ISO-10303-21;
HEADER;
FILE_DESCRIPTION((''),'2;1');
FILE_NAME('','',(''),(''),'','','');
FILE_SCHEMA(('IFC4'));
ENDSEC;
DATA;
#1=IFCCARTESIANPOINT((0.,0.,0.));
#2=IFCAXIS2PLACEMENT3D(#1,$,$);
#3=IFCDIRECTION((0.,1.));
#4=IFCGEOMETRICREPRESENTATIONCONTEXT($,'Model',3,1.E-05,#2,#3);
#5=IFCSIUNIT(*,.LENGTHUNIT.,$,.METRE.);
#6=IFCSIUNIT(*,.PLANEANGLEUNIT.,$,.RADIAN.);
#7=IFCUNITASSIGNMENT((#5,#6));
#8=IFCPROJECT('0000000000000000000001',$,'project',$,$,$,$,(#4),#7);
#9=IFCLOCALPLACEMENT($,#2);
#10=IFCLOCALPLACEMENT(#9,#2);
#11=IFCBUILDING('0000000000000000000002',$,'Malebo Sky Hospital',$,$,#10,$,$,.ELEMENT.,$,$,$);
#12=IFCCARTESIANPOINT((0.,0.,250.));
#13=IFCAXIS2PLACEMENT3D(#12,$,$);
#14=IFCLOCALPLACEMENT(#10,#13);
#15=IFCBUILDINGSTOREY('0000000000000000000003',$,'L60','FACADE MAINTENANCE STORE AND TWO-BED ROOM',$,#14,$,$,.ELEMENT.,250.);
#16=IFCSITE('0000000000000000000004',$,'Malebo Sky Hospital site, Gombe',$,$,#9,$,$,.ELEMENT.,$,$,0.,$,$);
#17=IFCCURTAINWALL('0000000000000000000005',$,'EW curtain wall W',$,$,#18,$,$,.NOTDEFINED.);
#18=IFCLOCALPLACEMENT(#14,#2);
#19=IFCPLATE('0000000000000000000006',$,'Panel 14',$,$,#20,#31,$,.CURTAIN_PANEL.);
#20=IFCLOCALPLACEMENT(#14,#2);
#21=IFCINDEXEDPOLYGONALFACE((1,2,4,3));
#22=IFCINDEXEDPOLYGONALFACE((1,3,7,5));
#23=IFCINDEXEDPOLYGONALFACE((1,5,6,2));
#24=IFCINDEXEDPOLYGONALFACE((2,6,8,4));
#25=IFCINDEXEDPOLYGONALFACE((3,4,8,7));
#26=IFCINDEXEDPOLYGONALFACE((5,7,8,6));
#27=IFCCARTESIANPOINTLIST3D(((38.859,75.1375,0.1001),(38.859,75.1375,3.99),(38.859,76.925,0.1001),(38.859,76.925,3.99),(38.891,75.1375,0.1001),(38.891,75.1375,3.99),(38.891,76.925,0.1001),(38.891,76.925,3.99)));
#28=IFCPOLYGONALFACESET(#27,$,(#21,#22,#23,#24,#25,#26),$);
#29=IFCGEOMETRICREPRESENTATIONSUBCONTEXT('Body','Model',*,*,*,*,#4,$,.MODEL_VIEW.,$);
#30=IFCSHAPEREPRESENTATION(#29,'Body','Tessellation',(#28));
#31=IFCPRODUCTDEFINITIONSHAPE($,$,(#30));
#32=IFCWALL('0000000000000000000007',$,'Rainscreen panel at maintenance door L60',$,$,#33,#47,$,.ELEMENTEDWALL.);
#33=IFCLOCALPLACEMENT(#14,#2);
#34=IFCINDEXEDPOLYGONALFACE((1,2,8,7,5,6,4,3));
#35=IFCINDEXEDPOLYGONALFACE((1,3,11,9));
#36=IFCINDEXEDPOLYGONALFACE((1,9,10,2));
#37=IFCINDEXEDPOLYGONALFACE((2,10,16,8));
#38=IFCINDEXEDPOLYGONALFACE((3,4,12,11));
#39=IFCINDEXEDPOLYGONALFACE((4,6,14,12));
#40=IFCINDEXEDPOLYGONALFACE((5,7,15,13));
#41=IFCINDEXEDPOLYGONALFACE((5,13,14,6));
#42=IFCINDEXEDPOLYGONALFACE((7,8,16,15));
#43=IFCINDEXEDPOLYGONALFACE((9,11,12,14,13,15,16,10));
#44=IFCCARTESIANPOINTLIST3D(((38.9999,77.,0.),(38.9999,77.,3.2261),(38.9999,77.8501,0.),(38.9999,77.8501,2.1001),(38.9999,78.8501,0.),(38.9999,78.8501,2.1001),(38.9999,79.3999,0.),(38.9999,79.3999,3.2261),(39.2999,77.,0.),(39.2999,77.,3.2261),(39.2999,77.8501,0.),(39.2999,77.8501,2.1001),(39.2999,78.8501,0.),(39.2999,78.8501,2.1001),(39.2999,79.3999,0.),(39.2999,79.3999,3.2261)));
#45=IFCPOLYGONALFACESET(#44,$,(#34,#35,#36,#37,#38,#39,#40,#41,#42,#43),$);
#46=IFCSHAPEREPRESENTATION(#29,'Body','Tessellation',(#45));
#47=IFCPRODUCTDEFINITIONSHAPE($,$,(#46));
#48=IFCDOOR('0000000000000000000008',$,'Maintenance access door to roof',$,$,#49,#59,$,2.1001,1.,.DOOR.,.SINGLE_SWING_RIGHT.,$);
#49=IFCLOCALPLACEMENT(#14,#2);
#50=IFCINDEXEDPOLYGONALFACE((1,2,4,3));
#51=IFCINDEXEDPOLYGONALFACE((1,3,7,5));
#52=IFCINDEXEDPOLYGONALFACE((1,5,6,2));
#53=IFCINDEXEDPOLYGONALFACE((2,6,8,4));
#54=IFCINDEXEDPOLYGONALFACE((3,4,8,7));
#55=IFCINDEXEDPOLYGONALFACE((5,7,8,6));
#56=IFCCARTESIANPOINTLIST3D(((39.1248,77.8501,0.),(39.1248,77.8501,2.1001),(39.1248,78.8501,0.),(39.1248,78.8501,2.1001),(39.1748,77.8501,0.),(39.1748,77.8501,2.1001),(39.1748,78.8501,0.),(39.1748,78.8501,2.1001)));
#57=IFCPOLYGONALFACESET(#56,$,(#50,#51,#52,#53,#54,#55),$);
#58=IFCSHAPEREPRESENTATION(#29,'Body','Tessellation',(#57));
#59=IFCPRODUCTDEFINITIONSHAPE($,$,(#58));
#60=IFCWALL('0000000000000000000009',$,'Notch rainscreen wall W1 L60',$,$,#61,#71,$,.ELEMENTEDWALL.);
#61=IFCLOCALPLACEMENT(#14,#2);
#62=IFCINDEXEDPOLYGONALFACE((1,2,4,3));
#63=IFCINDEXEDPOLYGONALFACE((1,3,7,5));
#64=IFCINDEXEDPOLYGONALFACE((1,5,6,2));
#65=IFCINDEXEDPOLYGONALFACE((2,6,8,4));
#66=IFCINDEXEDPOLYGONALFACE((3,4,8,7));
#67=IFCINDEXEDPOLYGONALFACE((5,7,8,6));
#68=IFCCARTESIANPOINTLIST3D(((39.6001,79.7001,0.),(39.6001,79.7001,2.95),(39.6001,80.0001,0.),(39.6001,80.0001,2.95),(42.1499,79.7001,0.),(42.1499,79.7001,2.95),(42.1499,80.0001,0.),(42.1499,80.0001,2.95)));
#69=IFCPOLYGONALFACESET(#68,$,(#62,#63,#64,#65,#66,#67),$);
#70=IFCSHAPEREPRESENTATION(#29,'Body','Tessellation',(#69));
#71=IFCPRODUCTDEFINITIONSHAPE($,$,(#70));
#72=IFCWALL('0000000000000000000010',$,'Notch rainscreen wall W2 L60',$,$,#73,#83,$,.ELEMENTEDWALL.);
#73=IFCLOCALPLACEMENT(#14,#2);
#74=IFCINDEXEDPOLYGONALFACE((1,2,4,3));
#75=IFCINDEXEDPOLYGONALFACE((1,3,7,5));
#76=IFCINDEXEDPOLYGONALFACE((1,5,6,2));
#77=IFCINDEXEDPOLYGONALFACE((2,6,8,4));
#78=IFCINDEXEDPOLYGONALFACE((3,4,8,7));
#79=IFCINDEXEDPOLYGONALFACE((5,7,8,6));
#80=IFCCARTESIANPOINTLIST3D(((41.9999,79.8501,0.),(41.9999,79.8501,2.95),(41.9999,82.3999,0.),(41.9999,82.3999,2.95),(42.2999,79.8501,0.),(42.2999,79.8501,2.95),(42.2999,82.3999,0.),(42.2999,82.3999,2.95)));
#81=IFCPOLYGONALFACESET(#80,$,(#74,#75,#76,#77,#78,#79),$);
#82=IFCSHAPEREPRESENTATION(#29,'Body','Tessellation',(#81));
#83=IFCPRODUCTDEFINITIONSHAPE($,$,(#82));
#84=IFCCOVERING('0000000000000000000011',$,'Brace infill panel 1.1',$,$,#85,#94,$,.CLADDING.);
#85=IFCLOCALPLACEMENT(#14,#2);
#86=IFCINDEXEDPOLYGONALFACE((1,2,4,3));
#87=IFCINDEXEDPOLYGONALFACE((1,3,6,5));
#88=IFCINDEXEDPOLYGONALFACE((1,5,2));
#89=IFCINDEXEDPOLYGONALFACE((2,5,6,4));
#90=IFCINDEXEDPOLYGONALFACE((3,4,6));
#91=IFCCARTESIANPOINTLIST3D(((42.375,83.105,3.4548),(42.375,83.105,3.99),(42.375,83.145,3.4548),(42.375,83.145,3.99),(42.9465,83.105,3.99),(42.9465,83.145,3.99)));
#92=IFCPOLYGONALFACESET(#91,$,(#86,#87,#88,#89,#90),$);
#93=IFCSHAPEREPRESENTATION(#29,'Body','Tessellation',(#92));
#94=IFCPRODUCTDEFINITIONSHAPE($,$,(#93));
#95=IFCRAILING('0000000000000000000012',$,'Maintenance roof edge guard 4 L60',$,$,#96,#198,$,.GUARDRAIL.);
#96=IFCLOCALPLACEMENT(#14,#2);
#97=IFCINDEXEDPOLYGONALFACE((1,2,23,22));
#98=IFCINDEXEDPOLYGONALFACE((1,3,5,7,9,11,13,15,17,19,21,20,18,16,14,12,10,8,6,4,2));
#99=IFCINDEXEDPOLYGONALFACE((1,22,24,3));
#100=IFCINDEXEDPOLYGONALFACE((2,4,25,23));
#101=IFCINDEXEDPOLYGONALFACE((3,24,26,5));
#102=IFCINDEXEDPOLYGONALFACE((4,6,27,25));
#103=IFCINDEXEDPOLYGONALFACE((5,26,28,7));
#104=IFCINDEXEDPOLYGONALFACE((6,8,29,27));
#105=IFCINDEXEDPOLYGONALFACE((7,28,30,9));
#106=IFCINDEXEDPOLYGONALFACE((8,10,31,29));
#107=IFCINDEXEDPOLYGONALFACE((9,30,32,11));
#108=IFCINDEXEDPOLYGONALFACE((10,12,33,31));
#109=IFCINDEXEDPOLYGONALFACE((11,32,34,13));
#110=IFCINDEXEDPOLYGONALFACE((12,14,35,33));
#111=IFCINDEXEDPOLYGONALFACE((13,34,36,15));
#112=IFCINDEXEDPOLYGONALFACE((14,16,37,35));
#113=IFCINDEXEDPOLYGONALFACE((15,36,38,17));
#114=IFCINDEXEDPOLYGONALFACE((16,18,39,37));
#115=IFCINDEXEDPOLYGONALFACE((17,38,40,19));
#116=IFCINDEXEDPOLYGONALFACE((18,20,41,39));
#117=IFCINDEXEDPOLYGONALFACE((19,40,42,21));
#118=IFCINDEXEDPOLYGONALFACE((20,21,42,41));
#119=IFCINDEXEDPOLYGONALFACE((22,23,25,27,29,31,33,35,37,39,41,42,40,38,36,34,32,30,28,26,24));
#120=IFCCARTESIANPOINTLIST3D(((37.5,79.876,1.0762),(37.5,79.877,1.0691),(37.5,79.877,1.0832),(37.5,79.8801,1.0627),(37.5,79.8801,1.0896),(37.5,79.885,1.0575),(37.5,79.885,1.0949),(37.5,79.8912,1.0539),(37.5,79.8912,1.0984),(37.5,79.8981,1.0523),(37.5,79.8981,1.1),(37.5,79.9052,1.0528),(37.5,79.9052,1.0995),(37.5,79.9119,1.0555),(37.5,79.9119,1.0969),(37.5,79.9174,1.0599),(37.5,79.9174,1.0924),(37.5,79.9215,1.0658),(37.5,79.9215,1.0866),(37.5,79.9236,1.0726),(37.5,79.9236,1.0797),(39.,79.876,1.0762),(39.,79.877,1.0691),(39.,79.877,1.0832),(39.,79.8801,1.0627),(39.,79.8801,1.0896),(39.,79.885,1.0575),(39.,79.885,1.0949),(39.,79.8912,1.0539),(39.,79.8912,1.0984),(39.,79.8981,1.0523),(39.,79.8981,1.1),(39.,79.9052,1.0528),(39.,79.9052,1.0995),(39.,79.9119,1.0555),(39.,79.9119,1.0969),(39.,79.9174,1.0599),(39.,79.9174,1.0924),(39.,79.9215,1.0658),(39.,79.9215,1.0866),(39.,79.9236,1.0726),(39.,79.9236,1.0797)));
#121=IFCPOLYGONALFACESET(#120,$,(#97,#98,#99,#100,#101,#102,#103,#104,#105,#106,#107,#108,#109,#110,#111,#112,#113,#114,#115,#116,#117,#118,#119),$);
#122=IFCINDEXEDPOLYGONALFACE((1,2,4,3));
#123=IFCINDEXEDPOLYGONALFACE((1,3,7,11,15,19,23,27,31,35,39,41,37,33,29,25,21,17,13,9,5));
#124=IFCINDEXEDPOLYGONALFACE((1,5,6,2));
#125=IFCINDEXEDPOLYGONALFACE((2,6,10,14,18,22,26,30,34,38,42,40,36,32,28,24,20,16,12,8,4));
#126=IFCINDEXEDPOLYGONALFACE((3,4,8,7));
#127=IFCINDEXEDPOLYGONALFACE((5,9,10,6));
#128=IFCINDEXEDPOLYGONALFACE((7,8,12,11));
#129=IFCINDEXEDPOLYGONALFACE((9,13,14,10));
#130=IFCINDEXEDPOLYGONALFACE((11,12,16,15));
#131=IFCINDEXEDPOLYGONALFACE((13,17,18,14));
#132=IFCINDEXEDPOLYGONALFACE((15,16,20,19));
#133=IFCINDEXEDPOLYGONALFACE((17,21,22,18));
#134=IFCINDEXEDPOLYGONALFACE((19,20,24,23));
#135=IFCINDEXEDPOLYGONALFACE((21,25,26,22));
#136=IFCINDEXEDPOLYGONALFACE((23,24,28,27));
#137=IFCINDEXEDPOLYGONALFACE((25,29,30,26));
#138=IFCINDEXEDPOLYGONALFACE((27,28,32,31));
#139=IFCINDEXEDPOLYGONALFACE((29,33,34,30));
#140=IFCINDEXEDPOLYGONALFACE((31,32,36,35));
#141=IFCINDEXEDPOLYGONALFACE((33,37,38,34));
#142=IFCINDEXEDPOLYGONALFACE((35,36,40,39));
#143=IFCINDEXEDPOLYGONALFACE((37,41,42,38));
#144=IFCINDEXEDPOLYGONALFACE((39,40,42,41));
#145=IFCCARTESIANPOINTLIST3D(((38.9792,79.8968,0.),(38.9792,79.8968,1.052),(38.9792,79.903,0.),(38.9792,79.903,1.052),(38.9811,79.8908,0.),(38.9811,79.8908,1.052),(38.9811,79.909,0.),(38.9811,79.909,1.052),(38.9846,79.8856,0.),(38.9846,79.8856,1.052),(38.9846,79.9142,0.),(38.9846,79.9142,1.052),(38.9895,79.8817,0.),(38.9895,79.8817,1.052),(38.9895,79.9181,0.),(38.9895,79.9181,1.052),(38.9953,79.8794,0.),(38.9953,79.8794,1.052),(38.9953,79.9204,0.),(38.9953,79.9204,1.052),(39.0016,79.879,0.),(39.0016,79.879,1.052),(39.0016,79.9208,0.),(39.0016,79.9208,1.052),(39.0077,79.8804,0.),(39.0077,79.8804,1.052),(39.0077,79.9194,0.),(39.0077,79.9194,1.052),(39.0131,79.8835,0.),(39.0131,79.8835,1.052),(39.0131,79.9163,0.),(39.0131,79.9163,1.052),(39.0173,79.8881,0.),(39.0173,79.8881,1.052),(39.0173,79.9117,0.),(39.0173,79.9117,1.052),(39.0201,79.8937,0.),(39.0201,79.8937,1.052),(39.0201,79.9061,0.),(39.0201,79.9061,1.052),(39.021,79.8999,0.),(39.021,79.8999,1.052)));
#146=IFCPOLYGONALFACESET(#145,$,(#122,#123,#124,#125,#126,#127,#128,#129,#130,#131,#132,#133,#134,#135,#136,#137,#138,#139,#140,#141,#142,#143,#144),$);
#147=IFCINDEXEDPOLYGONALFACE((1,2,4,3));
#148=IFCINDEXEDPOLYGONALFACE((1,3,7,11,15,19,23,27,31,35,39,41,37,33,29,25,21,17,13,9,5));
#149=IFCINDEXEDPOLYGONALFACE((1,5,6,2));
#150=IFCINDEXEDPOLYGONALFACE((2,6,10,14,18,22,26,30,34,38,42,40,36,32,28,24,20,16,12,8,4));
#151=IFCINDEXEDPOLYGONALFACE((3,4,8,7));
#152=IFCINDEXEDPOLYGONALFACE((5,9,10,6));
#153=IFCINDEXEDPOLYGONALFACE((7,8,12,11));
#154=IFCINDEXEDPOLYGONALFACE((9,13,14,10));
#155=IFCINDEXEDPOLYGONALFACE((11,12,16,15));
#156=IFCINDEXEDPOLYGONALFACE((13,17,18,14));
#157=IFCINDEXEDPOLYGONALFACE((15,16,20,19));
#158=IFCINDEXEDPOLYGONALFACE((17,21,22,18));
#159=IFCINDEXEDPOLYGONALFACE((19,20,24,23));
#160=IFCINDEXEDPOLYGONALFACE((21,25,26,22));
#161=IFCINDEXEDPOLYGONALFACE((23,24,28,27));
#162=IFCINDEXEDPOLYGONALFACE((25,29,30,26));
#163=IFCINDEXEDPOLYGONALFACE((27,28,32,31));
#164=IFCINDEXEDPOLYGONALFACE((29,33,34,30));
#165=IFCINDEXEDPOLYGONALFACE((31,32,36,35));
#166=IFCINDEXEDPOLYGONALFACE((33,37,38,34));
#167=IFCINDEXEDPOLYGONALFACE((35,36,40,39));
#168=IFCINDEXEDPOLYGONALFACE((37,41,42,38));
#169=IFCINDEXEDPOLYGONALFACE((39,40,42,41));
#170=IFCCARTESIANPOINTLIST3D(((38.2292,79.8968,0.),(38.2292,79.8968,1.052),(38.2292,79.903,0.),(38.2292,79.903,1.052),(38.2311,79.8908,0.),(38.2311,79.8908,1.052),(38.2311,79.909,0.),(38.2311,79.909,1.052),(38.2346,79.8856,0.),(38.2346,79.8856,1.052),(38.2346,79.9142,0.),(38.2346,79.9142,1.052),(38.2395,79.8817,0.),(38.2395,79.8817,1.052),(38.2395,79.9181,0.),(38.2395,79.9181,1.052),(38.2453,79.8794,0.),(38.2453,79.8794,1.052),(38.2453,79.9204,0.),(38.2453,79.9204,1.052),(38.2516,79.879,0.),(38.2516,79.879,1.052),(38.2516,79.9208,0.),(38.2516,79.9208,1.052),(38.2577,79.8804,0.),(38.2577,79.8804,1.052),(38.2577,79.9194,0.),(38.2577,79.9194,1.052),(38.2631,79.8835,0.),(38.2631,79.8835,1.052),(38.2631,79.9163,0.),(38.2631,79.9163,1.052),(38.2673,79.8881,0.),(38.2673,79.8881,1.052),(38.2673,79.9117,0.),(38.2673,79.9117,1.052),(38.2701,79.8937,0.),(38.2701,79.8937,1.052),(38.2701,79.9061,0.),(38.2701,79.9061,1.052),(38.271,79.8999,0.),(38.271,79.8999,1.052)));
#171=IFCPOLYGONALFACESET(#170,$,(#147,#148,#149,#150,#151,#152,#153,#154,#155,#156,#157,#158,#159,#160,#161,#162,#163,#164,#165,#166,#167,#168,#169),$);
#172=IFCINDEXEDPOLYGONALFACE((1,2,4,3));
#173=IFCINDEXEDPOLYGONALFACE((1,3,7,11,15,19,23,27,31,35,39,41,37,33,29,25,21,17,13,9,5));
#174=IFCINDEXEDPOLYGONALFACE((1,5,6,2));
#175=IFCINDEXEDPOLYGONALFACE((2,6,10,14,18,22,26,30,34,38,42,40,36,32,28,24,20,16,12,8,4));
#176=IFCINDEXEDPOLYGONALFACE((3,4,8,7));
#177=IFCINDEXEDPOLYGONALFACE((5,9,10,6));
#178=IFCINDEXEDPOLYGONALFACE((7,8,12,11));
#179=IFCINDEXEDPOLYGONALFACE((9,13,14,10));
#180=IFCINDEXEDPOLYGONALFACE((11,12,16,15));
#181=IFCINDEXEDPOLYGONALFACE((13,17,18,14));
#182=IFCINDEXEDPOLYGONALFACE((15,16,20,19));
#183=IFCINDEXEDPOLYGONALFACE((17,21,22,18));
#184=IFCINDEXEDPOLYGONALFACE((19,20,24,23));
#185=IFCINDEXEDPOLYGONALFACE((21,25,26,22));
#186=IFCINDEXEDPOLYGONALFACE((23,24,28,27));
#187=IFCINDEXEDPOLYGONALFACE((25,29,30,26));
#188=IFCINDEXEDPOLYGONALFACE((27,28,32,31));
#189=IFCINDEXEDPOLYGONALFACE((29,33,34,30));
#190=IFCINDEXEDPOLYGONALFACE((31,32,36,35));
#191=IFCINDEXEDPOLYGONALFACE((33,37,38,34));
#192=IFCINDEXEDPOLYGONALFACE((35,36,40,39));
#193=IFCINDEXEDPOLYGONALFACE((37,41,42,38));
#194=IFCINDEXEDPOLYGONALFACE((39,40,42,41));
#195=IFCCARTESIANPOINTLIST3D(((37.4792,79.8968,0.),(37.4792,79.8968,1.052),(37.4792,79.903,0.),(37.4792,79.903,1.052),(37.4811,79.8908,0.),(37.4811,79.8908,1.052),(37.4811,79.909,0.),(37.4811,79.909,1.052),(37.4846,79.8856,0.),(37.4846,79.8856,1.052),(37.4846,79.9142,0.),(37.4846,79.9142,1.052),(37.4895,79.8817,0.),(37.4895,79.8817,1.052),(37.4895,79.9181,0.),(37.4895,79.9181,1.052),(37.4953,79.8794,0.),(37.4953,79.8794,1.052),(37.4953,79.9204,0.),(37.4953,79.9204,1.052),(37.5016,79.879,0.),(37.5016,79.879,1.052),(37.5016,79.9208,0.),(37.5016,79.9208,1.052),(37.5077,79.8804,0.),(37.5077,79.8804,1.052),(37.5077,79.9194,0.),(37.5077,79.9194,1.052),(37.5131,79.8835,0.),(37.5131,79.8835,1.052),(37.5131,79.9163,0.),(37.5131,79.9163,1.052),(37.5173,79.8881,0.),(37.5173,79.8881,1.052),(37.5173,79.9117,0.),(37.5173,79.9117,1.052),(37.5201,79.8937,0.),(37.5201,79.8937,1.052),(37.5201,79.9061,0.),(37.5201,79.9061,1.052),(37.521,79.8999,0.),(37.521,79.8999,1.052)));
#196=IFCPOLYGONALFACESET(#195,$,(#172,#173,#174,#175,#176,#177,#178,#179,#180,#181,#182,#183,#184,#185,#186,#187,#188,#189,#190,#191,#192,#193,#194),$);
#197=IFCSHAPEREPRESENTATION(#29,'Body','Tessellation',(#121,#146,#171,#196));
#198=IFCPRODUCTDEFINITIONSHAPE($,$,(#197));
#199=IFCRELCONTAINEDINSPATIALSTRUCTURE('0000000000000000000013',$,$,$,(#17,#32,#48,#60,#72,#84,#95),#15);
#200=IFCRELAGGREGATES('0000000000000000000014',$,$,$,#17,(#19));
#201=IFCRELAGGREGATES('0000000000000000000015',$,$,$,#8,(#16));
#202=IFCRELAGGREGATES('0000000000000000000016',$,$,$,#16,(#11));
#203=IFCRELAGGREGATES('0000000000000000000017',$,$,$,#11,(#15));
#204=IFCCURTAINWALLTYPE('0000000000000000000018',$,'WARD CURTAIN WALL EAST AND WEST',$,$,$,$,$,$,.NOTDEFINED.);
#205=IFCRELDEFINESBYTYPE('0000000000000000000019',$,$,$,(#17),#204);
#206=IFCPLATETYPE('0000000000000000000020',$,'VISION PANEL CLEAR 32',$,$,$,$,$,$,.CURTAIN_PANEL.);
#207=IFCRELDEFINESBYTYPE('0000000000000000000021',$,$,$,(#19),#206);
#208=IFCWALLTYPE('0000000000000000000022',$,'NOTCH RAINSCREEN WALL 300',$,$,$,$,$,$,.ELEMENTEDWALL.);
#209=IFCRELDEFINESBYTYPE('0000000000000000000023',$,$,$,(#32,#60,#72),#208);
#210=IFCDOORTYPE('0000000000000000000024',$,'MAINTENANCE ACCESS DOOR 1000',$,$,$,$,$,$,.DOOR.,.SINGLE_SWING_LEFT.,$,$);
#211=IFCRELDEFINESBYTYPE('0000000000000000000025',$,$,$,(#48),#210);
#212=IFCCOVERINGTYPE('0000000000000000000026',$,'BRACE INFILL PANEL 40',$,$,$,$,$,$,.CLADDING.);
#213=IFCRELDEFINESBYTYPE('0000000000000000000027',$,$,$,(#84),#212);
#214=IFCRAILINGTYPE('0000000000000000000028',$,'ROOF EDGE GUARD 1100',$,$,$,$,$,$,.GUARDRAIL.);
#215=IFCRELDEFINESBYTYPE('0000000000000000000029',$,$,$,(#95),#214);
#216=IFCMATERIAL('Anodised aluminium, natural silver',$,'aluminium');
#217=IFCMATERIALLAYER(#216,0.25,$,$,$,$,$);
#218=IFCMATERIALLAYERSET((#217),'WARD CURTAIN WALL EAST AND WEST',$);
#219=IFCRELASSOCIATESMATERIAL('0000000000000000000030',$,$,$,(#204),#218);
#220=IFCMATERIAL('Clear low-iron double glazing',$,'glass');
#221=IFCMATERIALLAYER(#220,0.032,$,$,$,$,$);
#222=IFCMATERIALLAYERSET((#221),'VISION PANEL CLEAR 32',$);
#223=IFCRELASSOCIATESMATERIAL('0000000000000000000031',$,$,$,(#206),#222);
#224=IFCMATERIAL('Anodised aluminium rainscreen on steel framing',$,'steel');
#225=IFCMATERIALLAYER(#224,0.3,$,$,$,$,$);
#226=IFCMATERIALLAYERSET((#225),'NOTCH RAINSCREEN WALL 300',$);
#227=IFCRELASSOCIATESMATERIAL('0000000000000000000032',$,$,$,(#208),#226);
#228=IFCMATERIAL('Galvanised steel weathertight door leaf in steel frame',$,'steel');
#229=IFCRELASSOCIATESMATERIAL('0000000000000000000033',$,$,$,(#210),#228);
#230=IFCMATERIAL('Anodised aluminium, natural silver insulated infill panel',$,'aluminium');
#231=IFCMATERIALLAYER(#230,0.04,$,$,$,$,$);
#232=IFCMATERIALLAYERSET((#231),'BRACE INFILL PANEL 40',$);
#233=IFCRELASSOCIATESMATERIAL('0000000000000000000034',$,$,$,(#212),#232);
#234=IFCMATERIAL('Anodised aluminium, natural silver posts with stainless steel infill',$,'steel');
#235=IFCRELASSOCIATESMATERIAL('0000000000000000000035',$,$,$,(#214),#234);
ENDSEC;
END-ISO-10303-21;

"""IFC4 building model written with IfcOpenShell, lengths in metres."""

from ifc_helpers import new_model, si_unit, direction, frame, frame_2d, origin, origin_2d, place, context, subcontext, project, spatial, polyline, rectangle, circle, outline, extrude, material, layer, layer_set, type_object, element, fill, aggregate, save


model = new_model("IFC4")

# Units and contexts
model_context = context("Model", 3, precision=1e-05, world=origin(), true_north=direction((0.0, 1.0)))
body_context = subcontext(model_context, "Body", "Model", "MODEL_VIEW")
ifc_project = project(units=[si_unit("LENGTHUNIT", "METRE"), si_unit("PLANEANGLEUNIT", "RADIAN")], contexts=[model_context])

# Site, building, storey
site_placement = place(None, origin())
site = spatial("IfcSite", under=ifc_project, at=site_placement, Name="Malebo Sky Hospital site, Gombe", CompositionType="ELEMENT", RefElevation=0.0)
building_placement = place(site_placement, origin())
building = spatial("IfcBuilding", under=site, at=building_placement, Name="Malebo Sky Hospital", CompositionType="ELEMENT")
storey_placement = place(building_placement, frame((0.0, 0.0, 250.0)))
storey = spatial("IfcBuildingStorey", under=building, at=storey_placement, Name="L60", Description="FACADE MAINTENANCE STORE AND TWO-BED ROOM", CompositionType="ELEMENT", Elevation=250.0)

# Shared definitions
ifc_material_1 = material(Name="Anodised aluminium, natural silver", Category="aluminium")

# Curtain wall
ifc_layer_1 = layer(ifc_material_1, 0.25)
ifc_layer_set_1 = layer_set([ifc_layer_1], Name="WARD CURTAIN WALL EAST AND WEST")
curtain_wall_type_1 = type_object("IfcCurtainWallType", Name="WARD CURTAIN WALL EAST AND WEST", PredefinedType="NOTDEFINED", material=ifc_layer_set_1)
curtain_wall_1_placement = place(storey_placement, origin())
curtain_wall_1 = element("IfcCurtainWall", 1, at=curtain_wall_1_placement, inside=storey, type_object=curtain_wall_type_1, Name="EW curtain wall W", PredefinedType="NOTDEFINED")

# Plate
ifc_material_2 = material(Name="Clear low-iron double glazing", Category="glass")
ifc_layer_2 = layer(ifc_material_2, 0.032)
ifc_layer_set_2 = layer_set([ifc_layer_2], Name="VISION PANEL CLEAR 32")
plate_type = type_object("IfcPlateType", Name="VISION PANEL CLEAR 32", PredefinedType="CURTAIN_PANEL", material=ifc_layer_set_2)
plate_1_placement = place(storey_placement, frame((38.875, 76.0312, 0.1001), z_axis=(0.0, 0.0, 1.0), x_axis=(0.0, 1.0, 0.0)))
plate_1 = element("IfcPlate", 2, at=plate_1_placement, type_object=plate_type, Name="Panel 14", PredefinedType="CURTAIN_PANEL", context=body_context, shape_type="SweptSolid", body=[
    extrude(rectangle(XDim=1.7876, YDim=0.032, at=origin_2d()), origin(), (0.0, 0.0, 1.0), 3.8899),
])
aggregate(curtain_wall_1, [plate_1])

# Wall, opening, door
ifc_material_3 = material(Name="Anodised aluminium rainscreen on steel framing", Category="steel")
ifc_layer_3 = layer(ifc_material_3, 0.3)
ifc_layer_set_3 = layer_set([ifc_layer_3], Name="NOTCH RAINSCREEN WALL 300")
wall_type = type_object("IfcWallType", Name="NOTCH RAINSCREEN WALL 300", PredefinedType="ELEMENTEDWALL", material=ifc_layer_set_3)
wall_placement = place(storey_placement, frame((39.1499, 77.0, 0.0), z_axis=(0.0, 0.0, 1.0), x_axis=(0.0, 1.0, 0.0)))
wall = element("IfcWall", 3, at=wall_placement, inside=storey, type_object=wall_type, Name="Rainscreen panel at maintenance door L60", PredefinedType="ELEMENTEDWALL", context=body_context, shape_type="SweptSolid", body=[
    extrude(rectangle(XDim=2.3999, YDim=0.3, at=frame_2d((1.2, 0.0))), origin(), (0.0, 0.0, 1.0), 3.2261),
])
opening_placement = place(wall_placement, frame((0.8501, 0.0, 0.0)))
opening = element("IfcOpeningElement", 4, at=opening_placement, cuts=wall, PredefinedType="OPENING", context=body_context, shape_type="SweptSolid", body=[
    extrude(rectangle(XDim=1.0, YDim=2.1001, at=frame_2d((0.5, 1.05))), frame((0.0, 0.1599, 0.0), z_axis=(0.0, -1.0, 0.0), x_axis=(1.0, 0.0, 0.0)), (0.0, 0.0, 1.0), 0.3201),
])
ifc_material_4 = material(Name="Galvanised steel weathertight door leaf in steel frame", Category="steel")
door_type = type_object("IfcDoorType", Name="MAINTENANCE ACCESS DOOR 1000", OperationType="SINGLE_SWING_LEFT", PredefinedType="DOOR", material=ifc_material_4)
door_placement = place(opening_placement, frame((1.0, 0.0, 0.0), z_axis=(0.0, 0.0, 1.0), x_axis=(-1.0, 0.0, 0.0)))
door = element("IfcDoor", 5, at=door_placement, inside=storey, type_object=door_type, Name="Maintenance access door to roof", OperationType="SINGLE_SWING_RIGHT", OverallHeight=2.1001, OverallWidth=1.0, PredefinedType="DOOR", context=body_context, shape_type="SweptSolid", body=[
    extrude(rectangle(XDim=1.0, YDim=2.1001, at=frame_2d((0.5, 1.05))), frame((0.0, 0.0249, 0.0), z_axis=(0.0, -1.0, 0.0), x_axis=(1.0, 0.0, 0.0)), (0.0, 0.0, 1.0), 0.05),
])
fill(opening, door)

# Walls
for number, where, z_axis, x_axis, name in (
    (6, (39.6001, 79.8501, 0.0), (0.0, 0.0, 1.0), (1.0, 0.0, 0.0), "Notch rainscreen wall W1 L60"),
    (7, (42.1499, 79.8501, 0.0), (0.0, 0.0, 1.0), (0.0, 1.0, 0.0), "Notch rainscreen wall W2 L60"),
):
    element("IfcWall", number, at=place(storey_placement, frame(where, z_axis=z_axis, x_axis=x_axis)), inside=storey, type_object=wall_type, Name=name, PredefinedType="ELEMENTEDWALL", context=body_context, shape_type="SweptSolid", body=[
        extrude(rectangle(XDim=2.5498, YDim=0.3, at=frame_2d((1.2749, 0.0))), origin(), (0.0, 0.0, 1.0), 2.95),
    ])

# Covering
ifc_material_5 = material(Name="Anodised aluminium, natural silver insulated infill panel", Category="aluminium")
ifc_layer_4 = layer(ifc_material_5, 0.04)
ifc_layer_set_4 = layer_set([ifc_layer_4], Name="BRACE INFILL PANEL 40")
covering_type = type_object("IfcCoveringType", Name="BRACE INFILL PANEL 40", PredefinedType="CLADDING", material=ifc_layer_set_4)
covering_placement = place(storey_placement, frame((42.6609, 83.125, 3.4548), z_axis=(0.0, 0.0, 1.0), x_axis=(1.0, 0.0, 0.0)))
element("IfcCovering", 8, at=covering_placement, inside=storey, type_object=covering_type, Name="Brace infill panel 1.1", PredefinedType="CLADDING", context=body_context, shape_type="SweptSolid", body=[
    extrude(outline(polyline([(-0.2859, 0.0), (0.2856, 0.5352), (-0.2859, 0.5352), (-0.2859, 0.0)])), frame((0.0, 0.02, 0.0), z_axis=(0.0, -1.0, 0.0), x_axis=(1.0, 0.0, 0.0)), (0.0, 0.0, 1.0), 0.04),
])

# Railing
ifc_material_6 = material(Name="Anodised aluminium, natural silver posts with stainless steel infill", Category="steel")
railing_type = type_object("IfcRailingType", Name="ROOF EDGE GUARD 1100", PredefinedType="GUARDRAIL", material=ifc_material_6)
railing_1_placement = place(storey_placement, frame((39.0, 79.8999, 0.0)))
element("IfcRailing", 9, at=railing_1_placement, inside=storey, type_object=railing_type, Name="Maintenance roof edge guard 4 L60", PredefinedType="GUARDRAIL", context=body_context, shape_type="SweptSolid", body=[
    extrude(circle(Radius=0.0239, at=origin_2d()), frame((0.0, 0.0, 1.0762), z_axis=(-1.0, 0.0, 0.0), x_axis=(0.0, -1.0, 0.0)), (0.0, 0.0, 1.0), 1.5),
    extrude(circle(Radius=0.021, at=origin_2d()), origin(), (0.0, 0.0, 1.0), 1.052),
    extrude(circle(Radius=0.021, at=origin_2d()), frame((-0.75, 0.0, 0.0)), (0.0, 0.0, 1.0), 1.052),
    extrude(circle(Radius=0.021, at=origin_2d()), frame((-1.5, 0.0, 0.0)), (0.0, 0.0, 1.0), 1.052),
])

save(model, "model.ifc")
